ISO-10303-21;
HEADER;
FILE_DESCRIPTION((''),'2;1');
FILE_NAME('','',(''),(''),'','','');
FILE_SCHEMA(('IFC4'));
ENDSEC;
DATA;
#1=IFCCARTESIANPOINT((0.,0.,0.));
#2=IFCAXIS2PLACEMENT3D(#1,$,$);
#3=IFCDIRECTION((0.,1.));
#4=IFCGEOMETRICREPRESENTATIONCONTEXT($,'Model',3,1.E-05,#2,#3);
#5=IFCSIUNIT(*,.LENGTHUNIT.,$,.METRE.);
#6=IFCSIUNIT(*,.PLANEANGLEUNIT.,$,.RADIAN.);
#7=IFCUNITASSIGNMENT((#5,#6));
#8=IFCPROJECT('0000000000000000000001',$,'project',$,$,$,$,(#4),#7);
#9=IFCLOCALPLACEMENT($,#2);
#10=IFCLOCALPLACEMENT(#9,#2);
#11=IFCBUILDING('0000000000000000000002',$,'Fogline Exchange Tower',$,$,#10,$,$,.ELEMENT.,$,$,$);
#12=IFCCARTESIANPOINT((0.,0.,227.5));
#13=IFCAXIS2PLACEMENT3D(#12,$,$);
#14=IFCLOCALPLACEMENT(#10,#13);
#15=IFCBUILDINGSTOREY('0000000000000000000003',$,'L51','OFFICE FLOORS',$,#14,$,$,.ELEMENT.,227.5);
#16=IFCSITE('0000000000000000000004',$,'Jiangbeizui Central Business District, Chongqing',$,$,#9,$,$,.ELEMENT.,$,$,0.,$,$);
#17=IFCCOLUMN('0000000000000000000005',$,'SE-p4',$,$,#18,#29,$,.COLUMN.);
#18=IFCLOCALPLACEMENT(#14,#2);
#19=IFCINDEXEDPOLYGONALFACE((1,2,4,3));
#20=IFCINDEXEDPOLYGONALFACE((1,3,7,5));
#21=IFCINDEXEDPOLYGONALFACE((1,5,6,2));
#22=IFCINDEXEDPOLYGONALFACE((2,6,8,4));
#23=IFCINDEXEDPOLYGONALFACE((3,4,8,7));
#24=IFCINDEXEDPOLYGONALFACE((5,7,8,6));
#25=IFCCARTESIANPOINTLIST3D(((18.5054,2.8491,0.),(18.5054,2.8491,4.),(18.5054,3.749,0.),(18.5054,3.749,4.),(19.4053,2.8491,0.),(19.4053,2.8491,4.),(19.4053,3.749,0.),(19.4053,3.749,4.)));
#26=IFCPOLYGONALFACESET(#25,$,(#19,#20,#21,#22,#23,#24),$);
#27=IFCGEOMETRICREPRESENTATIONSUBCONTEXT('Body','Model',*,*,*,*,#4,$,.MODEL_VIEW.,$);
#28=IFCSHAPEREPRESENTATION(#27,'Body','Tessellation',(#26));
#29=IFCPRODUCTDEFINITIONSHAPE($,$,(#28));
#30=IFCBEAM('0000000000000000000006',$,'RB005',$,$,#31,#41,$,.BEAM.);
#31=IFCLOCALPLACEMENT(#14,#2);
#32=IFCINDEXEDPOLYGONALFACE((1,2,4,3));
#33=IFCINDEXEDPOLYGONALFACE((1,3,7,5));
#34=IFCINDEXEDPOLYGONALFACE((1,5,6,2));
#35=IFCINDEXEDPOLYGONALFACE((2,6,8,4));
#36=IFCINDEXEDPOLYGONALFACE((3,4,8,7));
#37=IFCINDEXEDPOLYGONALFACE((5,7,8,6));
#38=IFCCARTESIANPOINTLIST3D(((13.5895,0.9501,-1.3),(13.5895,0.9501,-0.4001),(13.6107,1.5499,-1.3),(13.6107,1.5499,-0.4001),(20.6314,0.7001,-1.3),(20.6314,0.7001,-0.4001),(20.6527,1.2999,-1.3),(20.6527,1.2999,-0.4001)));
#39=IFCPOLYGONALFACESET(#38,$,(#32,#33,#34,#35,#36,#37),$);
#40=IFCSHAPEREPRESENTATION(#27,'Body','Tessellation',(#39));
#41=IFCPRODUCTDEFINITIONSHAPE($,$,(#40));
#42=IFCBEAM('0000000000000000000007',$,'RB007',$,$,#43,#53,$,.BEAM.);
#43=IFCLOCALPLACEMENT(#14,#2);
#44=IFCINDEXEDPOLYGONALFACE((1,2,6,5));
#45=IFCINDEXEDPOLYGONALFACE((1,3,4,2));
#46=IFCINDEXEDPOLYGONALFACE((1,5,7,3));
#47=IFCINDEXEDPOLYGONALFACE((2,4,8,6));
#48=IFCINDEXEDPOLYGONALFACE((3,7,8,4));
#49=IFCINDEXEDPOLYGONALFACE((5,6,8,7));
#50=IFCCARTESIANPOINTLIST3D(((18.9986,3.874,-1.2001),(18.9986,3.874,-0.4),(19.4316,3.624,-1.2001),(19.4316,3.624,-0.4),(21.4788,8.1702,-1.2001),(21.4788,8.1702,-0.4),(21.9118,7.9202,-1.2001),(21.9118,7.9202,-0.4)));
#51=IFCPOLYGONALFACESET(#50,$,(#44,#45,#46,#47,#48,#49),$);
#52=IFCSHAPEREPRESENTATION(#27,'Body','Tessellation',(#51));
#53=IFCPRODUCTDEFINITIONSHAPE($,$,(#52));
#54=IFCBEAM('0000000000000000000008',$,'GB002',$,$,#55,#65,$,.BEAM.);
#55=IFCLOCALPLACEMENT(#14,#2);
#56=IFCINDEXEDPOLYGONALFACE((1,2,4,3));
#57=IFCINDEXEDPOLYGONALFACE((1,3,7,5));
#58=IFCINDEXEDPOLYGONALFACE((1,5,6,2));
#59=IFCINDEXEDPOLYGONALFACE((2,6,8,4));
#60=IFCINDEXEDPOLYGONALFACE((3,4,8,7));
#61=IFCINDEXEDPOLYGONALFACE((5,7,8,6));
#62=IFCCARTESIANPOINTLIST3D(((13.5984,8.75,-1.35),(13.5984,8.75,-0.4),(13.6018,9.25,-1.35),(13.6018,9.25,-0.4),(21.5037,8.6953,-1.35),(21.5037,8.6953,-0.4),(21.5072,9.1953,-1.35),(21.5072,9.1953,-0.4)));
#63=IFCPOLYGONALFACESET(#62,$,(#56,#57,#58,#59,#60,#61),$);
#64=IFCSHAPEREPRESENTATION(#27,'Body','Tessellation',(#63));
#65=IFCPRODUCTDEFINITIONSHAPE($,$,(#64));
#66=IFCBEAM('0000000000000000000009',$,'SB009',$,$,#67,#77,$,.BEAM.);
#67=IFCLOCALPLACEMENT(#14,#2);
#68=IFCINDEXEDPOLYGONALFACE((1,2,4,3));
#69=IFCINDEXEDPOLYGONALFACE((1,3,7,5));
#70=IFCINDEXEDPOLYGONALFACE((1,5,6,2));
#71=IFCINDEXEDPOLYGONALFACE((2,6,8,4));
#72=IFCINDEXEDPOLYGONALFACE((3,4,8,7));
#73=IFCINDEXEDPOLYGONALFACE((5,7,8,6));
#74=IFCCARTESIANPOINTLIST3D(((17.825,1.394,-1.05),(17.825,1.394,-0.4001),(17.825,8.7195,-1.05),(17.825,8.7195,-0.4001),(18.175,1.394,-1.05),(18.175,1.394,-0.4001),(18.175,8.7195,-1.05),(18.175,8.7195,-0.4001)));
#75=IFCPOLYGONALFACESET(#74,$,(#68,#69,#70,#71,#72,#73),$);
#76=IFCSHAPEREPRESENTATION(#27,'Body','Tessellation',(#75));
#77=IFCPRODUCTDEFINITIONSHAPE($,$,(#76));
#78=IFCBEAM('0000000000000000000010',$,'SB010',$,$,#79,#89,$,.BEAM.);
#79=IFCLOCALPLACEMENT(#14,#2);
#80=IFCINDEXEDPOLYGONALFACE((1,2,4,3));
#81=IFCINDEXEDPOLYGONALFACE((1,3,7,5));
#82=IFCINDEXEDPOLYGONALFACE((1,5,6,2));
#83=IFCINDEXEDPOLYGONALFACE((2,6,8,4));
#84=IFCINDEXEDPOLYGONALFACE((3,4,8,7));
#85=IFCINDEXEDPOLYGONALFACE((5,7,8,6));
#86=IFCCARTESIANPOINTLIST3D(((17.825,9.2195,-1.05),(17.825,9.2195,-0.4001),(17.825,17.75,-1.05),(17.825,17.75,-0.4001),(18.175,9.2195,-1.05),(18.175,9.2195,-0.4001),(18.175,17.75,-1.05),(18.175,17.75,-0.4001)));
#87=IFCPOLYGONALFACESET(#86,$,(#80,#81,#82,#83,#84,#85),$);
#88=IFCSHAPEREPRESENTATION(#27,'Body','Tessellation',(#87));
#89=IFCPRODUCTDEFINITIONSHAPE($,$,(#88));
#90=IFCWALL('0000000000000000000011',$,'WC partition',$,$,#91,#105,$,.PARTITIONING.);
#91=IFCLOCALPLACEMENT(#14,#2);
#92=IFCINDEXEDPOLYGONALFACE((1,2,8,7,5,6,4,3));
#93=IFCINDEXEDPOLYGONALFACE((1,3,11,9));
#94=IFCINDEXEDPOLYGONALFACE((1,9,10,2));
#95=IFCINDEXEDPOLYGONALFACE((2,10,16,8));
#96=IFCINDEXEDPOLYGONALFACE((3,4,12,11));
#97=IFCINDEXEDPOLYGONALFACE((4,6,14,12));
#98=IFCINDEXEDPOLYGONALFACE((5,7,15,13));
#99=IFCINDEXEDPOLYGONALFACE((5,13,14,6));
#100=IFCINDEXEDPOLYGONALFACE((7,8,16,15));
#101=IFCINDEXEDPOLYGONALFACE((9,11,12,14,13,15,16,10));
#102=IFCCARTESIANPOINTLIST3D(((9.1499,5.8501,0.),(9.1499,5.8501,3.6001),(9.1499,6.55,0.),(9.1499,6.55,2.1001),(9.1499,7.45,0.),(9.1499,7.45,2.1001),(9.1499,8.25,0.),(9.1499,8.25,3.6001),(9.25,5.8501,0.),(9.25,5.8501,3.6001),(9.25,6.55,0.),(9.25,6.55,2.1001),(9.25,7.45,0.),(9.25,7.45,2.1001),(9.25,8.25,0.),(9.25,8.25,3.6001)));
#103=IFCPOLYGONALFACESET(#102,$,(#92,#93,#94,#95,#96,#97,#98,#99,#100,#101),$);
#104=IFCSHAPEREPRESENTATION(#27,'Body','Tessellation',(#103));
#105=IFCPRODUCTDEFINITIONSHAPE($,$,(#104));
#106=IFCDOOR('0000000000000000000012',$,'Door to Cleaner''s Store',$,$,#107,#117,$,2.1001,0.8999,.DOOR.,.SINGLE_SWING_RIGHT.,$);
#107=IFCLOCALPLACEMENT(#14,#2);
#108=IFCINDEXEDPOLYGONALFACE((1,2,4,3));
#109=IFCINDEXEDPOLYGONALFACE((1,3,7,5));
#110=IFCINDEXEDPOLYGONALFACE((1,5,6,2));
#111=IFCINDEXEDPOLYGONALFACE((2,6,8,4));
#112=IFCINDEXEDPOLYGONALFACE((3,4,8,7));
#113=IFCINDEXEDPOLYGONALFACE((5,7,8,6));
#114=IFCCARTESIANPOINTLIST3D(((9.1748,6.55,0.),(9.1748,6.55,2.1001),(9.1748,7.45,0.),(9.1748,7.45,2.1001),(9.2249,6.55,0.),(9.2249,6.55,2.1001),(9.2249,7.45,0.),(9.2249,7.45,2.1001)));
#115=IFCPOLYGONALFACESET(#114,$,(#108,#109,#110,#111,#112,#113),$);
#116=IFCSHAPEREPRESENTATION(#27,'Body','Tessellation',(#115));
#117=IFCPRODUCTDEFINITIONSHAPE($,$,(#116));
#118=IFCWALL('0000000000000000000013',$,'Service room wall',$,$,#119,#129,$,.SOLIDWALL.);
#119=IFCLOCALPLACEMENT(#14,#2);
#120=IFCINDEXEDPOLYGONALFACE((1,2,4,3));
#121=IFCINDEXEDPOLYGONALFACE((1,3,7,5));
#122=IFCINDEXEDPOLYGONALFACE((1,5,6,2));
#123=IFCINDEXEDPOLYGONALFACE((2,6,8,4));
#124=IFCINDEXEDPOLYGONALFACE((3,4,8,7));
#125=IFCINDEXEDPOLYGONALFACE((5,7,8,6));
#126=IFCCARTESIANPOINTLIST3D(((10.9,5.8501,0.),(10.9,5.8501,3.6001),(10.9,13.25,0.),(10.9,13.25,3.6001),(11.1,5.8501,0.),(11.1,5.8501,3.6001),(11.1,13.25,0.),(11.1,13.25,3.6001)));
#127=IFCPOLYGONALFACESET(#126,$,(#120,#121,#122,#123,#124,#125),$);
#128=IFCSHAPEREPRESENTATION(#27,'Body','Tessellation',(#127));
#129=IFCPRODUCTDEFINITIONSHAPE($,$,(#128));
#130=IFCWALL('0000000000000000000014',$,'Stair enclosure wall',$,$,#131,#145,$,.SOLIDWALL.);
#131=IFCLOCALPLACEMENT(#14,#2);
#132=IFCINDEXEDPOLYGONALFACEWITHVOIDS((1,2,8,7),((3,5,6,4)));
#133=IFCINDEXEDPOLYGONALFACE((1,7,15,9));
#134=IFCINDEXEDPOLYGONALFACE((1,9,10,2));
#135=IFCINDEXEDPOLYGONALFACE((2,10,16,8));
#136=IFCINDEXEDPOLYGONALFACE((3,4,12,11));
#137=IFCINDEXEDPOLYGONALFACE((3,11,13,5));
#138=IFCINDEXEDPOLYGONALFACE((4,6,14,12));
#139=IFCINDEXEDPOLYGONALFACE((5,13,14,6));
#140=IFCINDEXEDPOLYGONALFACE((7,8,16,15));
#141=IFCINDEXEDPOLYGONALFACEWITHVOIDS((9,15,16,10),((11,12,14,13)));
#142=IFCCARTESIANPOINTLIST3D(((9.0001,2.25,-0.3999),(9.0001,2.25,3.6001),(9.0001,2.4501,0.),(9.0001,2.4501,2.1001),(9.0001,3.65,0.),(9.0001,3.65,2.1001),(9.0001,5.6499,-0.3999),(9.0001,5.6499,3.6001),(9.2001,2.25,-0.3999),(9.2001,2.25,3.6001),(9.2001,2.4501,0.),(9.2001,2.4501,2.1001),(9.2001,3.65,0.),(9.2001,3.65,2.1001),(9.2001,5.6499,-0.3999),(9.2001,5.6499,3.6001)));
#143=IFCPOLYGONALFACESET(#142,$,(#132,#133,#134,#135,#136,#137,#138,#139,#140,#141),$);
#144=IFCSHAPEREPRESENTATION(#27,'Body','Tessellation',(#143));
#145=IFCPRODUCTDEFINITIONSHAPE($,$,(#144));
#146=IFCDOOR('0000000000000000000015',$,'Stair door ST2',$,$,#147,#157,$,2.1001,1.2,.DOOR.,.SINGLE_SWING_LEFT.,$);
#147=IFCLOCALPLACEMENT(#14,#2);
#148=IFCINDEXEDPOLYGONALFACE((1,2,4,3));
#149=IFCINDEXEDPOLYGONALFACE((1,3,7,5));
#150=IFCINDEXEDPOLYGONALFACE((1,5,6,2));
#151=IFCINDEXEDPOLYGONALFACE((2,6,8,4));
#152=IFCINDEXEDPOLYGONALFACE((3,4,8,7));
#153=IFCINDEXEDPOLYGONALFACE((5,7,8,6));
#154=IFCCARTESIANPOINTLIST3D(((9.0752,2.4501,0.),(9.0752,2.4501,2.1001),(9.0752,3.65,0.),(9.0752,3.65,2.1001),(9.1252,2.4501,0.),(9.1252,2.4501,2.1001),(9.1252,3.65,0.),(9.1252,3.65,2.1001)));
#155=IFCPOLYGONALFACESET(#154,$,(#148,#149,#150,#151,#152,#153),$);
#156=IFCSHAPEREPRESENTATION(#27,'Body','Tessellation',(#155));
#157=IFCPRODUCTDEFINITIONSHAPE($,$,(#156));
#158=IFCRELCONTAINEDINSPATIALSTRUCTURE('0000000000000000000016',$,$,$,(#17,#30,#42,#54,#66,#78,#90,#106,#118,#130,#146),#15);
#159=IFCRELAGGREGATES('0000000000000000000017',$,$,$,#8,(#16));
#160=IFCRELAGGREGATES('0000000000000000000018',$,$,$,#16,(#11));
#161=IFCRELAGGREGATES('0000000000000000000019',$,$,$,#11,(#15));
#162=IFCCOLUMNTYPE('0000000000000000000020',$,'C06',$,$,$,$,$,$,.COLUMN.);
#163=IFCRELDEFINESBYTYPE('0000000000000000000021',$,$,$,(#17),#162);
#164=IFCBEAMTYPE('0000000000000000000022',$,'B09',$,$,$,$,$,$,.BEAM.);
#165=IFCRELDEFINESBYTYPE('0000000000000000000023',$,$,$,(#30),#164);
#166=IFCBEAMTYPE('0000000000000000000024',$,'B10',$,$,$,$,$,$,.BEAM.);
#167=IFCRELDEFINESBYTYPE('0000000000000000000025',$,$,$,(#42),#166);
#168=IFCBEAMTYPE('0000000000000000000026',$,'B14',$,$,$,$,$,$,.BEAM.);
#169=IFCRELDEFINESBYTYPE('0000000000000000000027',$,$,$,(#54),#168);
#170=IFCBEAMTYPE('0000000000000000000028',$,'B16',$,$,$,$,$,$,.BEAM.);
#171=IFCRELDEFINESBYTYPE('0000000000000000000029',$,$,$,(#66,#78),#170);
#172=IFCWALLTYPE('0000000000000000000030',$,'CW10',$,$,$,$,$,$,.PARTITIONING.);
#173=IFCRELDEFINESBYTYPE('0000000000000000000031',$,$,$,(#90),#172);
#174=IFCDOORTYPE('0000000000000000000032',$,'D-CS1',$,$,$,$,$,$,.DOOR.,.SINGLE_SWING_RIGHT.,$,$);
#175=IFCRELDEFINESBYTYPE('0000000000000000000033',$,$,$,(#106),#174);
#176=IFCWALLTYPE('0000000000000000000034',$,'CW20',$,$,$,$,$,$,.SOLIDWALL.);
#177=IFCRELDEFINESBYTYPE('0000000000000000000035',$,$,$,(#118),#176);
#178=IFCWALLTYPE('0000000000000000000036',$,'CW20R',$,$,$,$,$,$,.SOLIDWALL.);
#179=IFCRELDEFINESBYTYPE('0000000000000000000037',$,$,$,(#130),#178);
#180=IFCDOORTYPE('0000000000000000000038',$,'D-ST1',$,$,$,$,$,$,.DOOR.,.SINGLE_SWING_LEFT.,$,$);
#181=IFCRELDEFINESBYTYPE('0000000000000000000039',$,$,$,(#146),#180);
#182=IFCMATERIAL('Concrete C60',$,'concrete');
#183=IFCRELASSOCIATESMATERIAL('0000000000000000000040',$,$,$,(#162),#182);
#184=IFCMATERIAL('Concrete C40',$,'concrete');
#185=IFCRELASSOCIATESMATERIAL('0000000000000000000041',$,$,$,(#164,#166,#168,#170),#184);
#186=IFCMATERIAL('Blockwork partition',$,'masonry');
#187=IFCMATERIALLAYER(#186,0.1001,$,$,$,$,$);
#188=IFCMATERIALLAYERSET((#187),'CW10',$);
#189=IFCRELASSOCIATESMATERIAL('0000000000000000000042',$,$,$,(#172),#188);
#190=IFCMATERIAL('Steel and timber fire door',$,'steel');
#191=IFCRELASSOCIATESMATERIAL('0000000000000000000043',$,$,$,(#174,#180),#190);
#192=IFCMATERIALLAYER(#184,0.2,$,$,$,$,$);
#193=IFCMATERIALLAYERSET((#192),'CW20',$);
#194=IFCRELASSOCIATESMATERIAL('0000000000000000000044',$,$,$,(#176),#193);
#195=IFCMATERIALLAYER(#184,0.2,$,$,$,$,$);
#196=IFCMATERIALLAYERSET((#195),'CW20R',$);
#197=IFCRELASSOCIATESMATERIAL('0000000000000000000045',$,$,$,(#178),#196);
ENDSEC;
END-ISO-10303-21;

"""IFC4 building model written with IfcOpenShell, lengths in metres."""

from ifc_helpers import new_model, si_unit, direction, frame, frame_2d, origin, origin_2d, place, context, subcontext, project, spatial, rectangle, extrude, material, layer, layer_set, material_profile, profile_set, type_object, element, fill, save


model = new_model("IFC4")

# Units and contexts
model_context = context("Model", 3, precision=1e-05, world=origin(), true_north=direction((0.0, 1.0)))
body_context = subcontext(model_context, "Body", "Model", "MODEL_VIEW")
ifc_project = project(units=[si_unit("LENGTHUNIT", "METRE"), si_unit("PLANEANGLEUNIT", "RADIAN")], contexts=[model_context])

# Site, building, storey
site_placement = place(None, origin())
site = spatial("IfcSite", under=ifc_project, at=site_placement, Name="Jiangbeizui Central Business District, Chongqing", CompositionType="ELEMENT", RefElevation=0.0)
building_placement = place(site_placement, origin())
building = spatial("IfcBuilding", under=site, at=building_placement, Name="Fogline Exchange Tower", CompositionType="ELEMENT")
storey_placement = place(building_placement, frame((0.0, 0.0, 227.5)))
storey = spatial("IfcBuildingStorey", under=building, at=storey_placement, Name="L51", Description="OFFICE FLOORS", CompositionType="ELEMENT", Elevation=227.5)

# Column
ifc_material_1 = material(Name="Concrete C60", Category="concrete")
ifc_material_profile_1 = material_profile(ifc_material_1, rectangle(XDim=0.8999, YDim=0.8999, at=origin_2d()), Name="RC 900x900")
ifc_profile_set_1 = profile_set([ifc_material_profile_1], Name="Concrete C60")
column_type = type_object("IfcColumnType", Name="C06", PredefinedType="COLUMN", material=ifc_profile_set_1)
column_placement = place(storey_placement, frame((18.9553, 3.2991, 0.0), z_axis=(0.0, 0.0, 1.0), x_axis=(1.0, 0.0, 0.0)))
element("IfcColumn", 1, at=column_placement, inside=storey, type_object=column_type, Name="SE-p4", PredefinedType="COLUMN", context=body_context, shape_type="SweptSolid", body=[
    extrude(rectangle(XDim=0.8999, YDim=0.8999, at=origin_2d()), origin(), (0.0, 0.0, 1.0), 4.0),
])

# Beams
ifc_material_2 = material(Name="Concrete C40", Category="concrete")
ifc_material_profile_2 = material_profile(ifc_material_2, rectangle(XDim=0.6001, YDim=0.8999, at=origin_2d()), Name="RC 600x900")
ifc_profile_set_2 = profile_set([ifc_material_profile_2], Name="Concrete C40")
beam_type_1 = type_object("IfcBeamType", Name="B09", PredefinedType="BEAM", material=ifc_profile_set_2)
beam_1_placement = place(storey_placement, frame((13.6001, 1.25, -0.8501), z_axis=(0.99937, -0.035479, 0.0), x_axis=(0.035479, 0.99937, 0.0)))
element("IfcBeam", 2, at=beam_1_placement, inside=storey, type_object=beam_type_1, Name="RB005", PredefinedType="BEAM", context=body_context, shape_type="SweptSolid", body=[
    extrude(rectangle(XDim=0.6001, YDim=0.8999, at=origin_2d()), origin(), (0.0, 0.0, 1.0), 7.0464),
])
ifc_material_profile_3 = material_profile(ifc_material_2, rectangle(XDim=0.5, YDim=0.8, at=origin_2d()), Name="RC 500x800")
ifc_profile_set_3 = profile_set([ifc_material_profile_3], Name="Concrete C40")
beam_type_2 = type_object("IfcBeamType", Name="B10", PredefinedType="BEAM", material=ifc_profile_set_3)
beam_2_placement = place(storey_placement, frame((19.2151, 3.749, -0.8), z_axis=(0.499977, 0.866039, 0.0), x_axis=(-0.866039, 0.499977, 0.0)))
element("IfcBeam", 3, at=beam_2_placement, inside=storey, type_object=beam_type_2, Name="RB007", PredefinedType="BEAM", context=body_context, shape_type="SweptSolid", body=[
    extrude(rectangle(XDim=0.5, YDim=0.8, at=origin_2d()), origin(), (0.0, 0.0, 1.0), 4.9607),
])
ifc_material_profile_4 = material_profile(ifc_material_2, rectangle(XDim=0.5, YDim=0.95, at=origin_2d()), Name="RC 500x950")
ifc_profile_set_4 = profile_set([ifc_material_profile_4], Name="Concrete C40")
beam_type_3 = type_object("IfcBeamType", Name="B14", PredefinedType="BEAM", material=ifc_profile_set_4)
beam_3_placement = place(storey_placement, frame((13.6001, 9.0, -0.875), z_axis=(0.999976, -0.006918, 0.0), x_axis=(0.006918, 0.999976, 0.0)))
element("IfcBeam", 4, at=beam_3_placement, inside=storey, type_object=beam_type_3, Name="GB002", PredefinedType="BEAM", context=body_context, shape_type="SweptSolid", body=[
    extrude(rectangle(XDim=0.5, YDim=0.95, at=origin_2d()), origin(), (0.0, 0.0, 1.0), 7.9055),
])
ifc_material_profile_5 = material_profile(ifc_material_2, rectangle(XDim=0.3501, YDim=0.6499, at=origin_2d()), Name="RC 350x650")
ifc_profile_set_5 = profile_set([ifc_material_profile_5], Name="Concrete C40")
beam_type_4 = type_object("IfcBeamType", Name="B16", PredefinedType="BEAM", material=ifc_profile_set_5)
beam_4_placement = place(storey_placement, frame((18.0, 1.394, -0.7251), z_axis=(0.0, 1.0, 0.0), x_axis=(-1.0, 0.0, 0.0)))
element("IfcBeam", 5, at=beam_4_placement, inside=storey, type_object=beam_type_4, Name="SB009", PredefinedType="BEAM", context=body_context, shape_type="SweptSolid", body=[
    extrude(rectangle(XDim=0.3501, YDim=0.6499, at=origin_2d()), origin(), (0.0, 0.0, 1.0), 7.3254),
])
beam_5_placement = place(storey_placement, frame((18.0, 9.2195, -0.7251), z_axis=(0.0, 1.0, 0.0), x_axis=(-1.0, 0.0, 0.0)))
element("IfcBeam", 6, at=beam_5_placement, inside=storey, type_object=beam_type_4, Name="SB010", PredefinedType="BEAM", context=body_context, shape_type="SweptSolid", body=[
    extrude(rectangle(XDim=0.3501, YDim=0.6499, at=origin_2d()), origin(), (0.0, 0.0, 1.0), 8.5305),
])

# Wall, opening, door
ifc_material_3 = material(Name="Blockwork partition", Category="masonry")
ifc_layer_1 = layer(ifc_material_3, 0.1001)
ifc_layer_set_1 = layer_set([ifc_layer_1], Name="CW10")
wall_type_1 = type_object("IfcWallType", Name="CW10", PredefinedType="PARTITIONING", material=ifc_layer_set_1)
wall_1_placement = place(storey_placement, frame((9.2, 5.8501, 0.0), z_axis=(0.0, 0.0, 1.0), x_axis=(0.0, 1.0, 0.0)))
wall_1 = element("IfcWall", 7, at=wall_1_placement, inside=storey, type_object=wall_type_1, Name="WC partition", PredefinedType="PARTITIONING", context=body_context, shape_type="SweptSolid", body=[
    extrude(rectangle(XDim=2.3999, YDim=0.1001, at=frame_2d((1.2, 0.0))), origin(), (0.0, 0.0, 1.0), 3.6001),
])
opening_1_placement = place(wall_1_placement, frame((0.7, 0.0, 0.0)))
opening_1 = element("IfcOpeningElement", 8, at=opening_1_placement, cuts=wall_1, PredefinedType="OPENING", context=body_context, shape_type="SweptSolid", body=[
    extrude(rectangle(XDim=0.8999, YDim=2.1001, at=frame_2d((0.45, 1.05))), frame((0.0, 0.0601, 0.0), z_axis=(0.0, -1.0, 0.0), x_axis=(1.0, 0.0, 0.0)), (0.0, 0.0, 1.0), 0.1201),
])
ifc_material_4 = material(Name="Steel and timber fire door", Category="steel")
door_type_1 = type_object("IfcDoorType", Name="D-CS1", OperationType="SINGLE_SWING_RIGHT", PredefinedType="DOOR", material=ifc_material_4)
door_1_placement = place(opening_1_placement, frame((0.8999, 0.0, 0.0), z_axis=(0.0, 0.0, 1.0), x_axis=(-1.0, 0.0, 0.0)))
door_1 = element("IfcDoor", 9, at=door_1_placement, inside=storey, type_object=door_type_1, Name="Door to Cleaner's Store", OperationType="SINGLE_SWING_RIGHT", OverallHeight=2.1001, OverallWidth=0.8999, PredefinedType="DOOR", context=body_context, shape_type="SweptSolid", body=[
    extrude(rectangle(XDim=0.8999, YDim=2.1001, at=frame_2d((0.45, 1.05))), frame((0.0, 0.0249, 0.0), z_axis=(0.0, -1.0, 0.0), x_axis=(1.0, 0.0, 0.0)), (0.0, 0.0, 1.0), 0.05),
])
fill(opening_1, door_1)

# Wall
ifc_layer_2 = layer(ifc_material_2, 0.2)
ifc_layer_set_2 = layer_set([ifc_layer_2], Name="CW20")
wall_type_2 = type_object("IfcWallType", Name="CW20", PredefinedType="SOLIDWALL", material=ifc_layer_set_2)
wall_2_placement = place(storey_placement, frame((11.0, 5.8501, 0.0), z_axis=(0.0, 0.0, 1.0), x_axis=(0.0, 1.0, 0.0)))
element("IfcWall", 10, at=wall_2_placement, inside=storey, type_object=wall_type_2, Name="Service room wall", PredefinedType="SOLIDWALL", context=body_context, shape_type="SweptSolid", body=[
    extrude(rectangle(XDim=7.3999, YDim=0.2, at=frame_2d((3.7, 0.0))), origin(), (0.0, 0.0, 1.0), 3.6001),
])

# Wall, opening, door
ifc_layer_3 = layer(ifc_material_2, 0.2)
ifc_layer_set_3 = layer_set([ifc_layer_3], Name="CW20R")
wall_type_3 = type_object("IfcWallType", Name="CW20R", PredefinedType="SOLIDWALL", material=ifc_layer_set_3)
wall_3_placement = place(storey_placement, frame((9.1001, 2.25, -0.3999), z_axis=(0.0, 0.0, 1.0), x_axis=(0.0, 1.0, 0.0)))
wall_3 = element("IfcWall", 11, at=wall_3_placement, inside=storey, type_object=wall_type_3, Name="Stair enclosure wall", PredefinedType="SOLIDWALL", context=body_context, shape_type="SweptSolid", body=[
    extrude(rectangle(XDim=3.3999, YDim=0.2, at=frame_2d((1.7, 0.0))), origin(), (0.0, 0.0, 1.0), 4.0),
])
opening_2_placement = place(wall_3_placement, frame((0.2, 0.0, 0.3999)))
opening_2 = element("IfcOpeningElement", 12, at=opening_2_placement, cuts=wall_3, PredefinedType="OPENING", context=body_context, shape_type="SweptSolid", body=[
    extrude(rectangle(XDim=1.2, YDim=2.1001, at=frame_2d((0.6001, 1.05))), frame((0.0, 0.1099, 0.0), z_axis=(0.0, -1.0, 0.0), x_axis=(1.0, 0.0, 0.0)), (0.0, 0.0, 1.0), 0.22),
])
door_type_2 = type_object("IfcDoorType", Name="D-ST1", OperationType="SINGLE_SWING_LEFT", PredefinedType="DOOR", material=ifc_material_4)
door_2_placement = place(opening_2_placement, origin())
door_2 = element("IfcDoor", 13, at=door_2_placement, inside=storey, type_object=door_type_2, Name="Stair door ST2", OperationType="SINGLE_SWING_LEFT", OverallHeight=2.1001, OverallWidth=1.2, PredefinedType="DOOR", context=body_context, shape_type="SweptSolid", body=[
    extrude(rectangle(XDim=1.2, YDim=2.1001, at=frame_2d((0.6001, 1.05))), frame((0.0, 0.0249, 0.0), z_axis=(0.0, -1.0, 0.0), x_axis=(1.0, 0.0, 0.0)), (0.0, 0.0, 1.0), 0.05),
])
fill(opening_2, door_2)

save(model, "model.ifc")
